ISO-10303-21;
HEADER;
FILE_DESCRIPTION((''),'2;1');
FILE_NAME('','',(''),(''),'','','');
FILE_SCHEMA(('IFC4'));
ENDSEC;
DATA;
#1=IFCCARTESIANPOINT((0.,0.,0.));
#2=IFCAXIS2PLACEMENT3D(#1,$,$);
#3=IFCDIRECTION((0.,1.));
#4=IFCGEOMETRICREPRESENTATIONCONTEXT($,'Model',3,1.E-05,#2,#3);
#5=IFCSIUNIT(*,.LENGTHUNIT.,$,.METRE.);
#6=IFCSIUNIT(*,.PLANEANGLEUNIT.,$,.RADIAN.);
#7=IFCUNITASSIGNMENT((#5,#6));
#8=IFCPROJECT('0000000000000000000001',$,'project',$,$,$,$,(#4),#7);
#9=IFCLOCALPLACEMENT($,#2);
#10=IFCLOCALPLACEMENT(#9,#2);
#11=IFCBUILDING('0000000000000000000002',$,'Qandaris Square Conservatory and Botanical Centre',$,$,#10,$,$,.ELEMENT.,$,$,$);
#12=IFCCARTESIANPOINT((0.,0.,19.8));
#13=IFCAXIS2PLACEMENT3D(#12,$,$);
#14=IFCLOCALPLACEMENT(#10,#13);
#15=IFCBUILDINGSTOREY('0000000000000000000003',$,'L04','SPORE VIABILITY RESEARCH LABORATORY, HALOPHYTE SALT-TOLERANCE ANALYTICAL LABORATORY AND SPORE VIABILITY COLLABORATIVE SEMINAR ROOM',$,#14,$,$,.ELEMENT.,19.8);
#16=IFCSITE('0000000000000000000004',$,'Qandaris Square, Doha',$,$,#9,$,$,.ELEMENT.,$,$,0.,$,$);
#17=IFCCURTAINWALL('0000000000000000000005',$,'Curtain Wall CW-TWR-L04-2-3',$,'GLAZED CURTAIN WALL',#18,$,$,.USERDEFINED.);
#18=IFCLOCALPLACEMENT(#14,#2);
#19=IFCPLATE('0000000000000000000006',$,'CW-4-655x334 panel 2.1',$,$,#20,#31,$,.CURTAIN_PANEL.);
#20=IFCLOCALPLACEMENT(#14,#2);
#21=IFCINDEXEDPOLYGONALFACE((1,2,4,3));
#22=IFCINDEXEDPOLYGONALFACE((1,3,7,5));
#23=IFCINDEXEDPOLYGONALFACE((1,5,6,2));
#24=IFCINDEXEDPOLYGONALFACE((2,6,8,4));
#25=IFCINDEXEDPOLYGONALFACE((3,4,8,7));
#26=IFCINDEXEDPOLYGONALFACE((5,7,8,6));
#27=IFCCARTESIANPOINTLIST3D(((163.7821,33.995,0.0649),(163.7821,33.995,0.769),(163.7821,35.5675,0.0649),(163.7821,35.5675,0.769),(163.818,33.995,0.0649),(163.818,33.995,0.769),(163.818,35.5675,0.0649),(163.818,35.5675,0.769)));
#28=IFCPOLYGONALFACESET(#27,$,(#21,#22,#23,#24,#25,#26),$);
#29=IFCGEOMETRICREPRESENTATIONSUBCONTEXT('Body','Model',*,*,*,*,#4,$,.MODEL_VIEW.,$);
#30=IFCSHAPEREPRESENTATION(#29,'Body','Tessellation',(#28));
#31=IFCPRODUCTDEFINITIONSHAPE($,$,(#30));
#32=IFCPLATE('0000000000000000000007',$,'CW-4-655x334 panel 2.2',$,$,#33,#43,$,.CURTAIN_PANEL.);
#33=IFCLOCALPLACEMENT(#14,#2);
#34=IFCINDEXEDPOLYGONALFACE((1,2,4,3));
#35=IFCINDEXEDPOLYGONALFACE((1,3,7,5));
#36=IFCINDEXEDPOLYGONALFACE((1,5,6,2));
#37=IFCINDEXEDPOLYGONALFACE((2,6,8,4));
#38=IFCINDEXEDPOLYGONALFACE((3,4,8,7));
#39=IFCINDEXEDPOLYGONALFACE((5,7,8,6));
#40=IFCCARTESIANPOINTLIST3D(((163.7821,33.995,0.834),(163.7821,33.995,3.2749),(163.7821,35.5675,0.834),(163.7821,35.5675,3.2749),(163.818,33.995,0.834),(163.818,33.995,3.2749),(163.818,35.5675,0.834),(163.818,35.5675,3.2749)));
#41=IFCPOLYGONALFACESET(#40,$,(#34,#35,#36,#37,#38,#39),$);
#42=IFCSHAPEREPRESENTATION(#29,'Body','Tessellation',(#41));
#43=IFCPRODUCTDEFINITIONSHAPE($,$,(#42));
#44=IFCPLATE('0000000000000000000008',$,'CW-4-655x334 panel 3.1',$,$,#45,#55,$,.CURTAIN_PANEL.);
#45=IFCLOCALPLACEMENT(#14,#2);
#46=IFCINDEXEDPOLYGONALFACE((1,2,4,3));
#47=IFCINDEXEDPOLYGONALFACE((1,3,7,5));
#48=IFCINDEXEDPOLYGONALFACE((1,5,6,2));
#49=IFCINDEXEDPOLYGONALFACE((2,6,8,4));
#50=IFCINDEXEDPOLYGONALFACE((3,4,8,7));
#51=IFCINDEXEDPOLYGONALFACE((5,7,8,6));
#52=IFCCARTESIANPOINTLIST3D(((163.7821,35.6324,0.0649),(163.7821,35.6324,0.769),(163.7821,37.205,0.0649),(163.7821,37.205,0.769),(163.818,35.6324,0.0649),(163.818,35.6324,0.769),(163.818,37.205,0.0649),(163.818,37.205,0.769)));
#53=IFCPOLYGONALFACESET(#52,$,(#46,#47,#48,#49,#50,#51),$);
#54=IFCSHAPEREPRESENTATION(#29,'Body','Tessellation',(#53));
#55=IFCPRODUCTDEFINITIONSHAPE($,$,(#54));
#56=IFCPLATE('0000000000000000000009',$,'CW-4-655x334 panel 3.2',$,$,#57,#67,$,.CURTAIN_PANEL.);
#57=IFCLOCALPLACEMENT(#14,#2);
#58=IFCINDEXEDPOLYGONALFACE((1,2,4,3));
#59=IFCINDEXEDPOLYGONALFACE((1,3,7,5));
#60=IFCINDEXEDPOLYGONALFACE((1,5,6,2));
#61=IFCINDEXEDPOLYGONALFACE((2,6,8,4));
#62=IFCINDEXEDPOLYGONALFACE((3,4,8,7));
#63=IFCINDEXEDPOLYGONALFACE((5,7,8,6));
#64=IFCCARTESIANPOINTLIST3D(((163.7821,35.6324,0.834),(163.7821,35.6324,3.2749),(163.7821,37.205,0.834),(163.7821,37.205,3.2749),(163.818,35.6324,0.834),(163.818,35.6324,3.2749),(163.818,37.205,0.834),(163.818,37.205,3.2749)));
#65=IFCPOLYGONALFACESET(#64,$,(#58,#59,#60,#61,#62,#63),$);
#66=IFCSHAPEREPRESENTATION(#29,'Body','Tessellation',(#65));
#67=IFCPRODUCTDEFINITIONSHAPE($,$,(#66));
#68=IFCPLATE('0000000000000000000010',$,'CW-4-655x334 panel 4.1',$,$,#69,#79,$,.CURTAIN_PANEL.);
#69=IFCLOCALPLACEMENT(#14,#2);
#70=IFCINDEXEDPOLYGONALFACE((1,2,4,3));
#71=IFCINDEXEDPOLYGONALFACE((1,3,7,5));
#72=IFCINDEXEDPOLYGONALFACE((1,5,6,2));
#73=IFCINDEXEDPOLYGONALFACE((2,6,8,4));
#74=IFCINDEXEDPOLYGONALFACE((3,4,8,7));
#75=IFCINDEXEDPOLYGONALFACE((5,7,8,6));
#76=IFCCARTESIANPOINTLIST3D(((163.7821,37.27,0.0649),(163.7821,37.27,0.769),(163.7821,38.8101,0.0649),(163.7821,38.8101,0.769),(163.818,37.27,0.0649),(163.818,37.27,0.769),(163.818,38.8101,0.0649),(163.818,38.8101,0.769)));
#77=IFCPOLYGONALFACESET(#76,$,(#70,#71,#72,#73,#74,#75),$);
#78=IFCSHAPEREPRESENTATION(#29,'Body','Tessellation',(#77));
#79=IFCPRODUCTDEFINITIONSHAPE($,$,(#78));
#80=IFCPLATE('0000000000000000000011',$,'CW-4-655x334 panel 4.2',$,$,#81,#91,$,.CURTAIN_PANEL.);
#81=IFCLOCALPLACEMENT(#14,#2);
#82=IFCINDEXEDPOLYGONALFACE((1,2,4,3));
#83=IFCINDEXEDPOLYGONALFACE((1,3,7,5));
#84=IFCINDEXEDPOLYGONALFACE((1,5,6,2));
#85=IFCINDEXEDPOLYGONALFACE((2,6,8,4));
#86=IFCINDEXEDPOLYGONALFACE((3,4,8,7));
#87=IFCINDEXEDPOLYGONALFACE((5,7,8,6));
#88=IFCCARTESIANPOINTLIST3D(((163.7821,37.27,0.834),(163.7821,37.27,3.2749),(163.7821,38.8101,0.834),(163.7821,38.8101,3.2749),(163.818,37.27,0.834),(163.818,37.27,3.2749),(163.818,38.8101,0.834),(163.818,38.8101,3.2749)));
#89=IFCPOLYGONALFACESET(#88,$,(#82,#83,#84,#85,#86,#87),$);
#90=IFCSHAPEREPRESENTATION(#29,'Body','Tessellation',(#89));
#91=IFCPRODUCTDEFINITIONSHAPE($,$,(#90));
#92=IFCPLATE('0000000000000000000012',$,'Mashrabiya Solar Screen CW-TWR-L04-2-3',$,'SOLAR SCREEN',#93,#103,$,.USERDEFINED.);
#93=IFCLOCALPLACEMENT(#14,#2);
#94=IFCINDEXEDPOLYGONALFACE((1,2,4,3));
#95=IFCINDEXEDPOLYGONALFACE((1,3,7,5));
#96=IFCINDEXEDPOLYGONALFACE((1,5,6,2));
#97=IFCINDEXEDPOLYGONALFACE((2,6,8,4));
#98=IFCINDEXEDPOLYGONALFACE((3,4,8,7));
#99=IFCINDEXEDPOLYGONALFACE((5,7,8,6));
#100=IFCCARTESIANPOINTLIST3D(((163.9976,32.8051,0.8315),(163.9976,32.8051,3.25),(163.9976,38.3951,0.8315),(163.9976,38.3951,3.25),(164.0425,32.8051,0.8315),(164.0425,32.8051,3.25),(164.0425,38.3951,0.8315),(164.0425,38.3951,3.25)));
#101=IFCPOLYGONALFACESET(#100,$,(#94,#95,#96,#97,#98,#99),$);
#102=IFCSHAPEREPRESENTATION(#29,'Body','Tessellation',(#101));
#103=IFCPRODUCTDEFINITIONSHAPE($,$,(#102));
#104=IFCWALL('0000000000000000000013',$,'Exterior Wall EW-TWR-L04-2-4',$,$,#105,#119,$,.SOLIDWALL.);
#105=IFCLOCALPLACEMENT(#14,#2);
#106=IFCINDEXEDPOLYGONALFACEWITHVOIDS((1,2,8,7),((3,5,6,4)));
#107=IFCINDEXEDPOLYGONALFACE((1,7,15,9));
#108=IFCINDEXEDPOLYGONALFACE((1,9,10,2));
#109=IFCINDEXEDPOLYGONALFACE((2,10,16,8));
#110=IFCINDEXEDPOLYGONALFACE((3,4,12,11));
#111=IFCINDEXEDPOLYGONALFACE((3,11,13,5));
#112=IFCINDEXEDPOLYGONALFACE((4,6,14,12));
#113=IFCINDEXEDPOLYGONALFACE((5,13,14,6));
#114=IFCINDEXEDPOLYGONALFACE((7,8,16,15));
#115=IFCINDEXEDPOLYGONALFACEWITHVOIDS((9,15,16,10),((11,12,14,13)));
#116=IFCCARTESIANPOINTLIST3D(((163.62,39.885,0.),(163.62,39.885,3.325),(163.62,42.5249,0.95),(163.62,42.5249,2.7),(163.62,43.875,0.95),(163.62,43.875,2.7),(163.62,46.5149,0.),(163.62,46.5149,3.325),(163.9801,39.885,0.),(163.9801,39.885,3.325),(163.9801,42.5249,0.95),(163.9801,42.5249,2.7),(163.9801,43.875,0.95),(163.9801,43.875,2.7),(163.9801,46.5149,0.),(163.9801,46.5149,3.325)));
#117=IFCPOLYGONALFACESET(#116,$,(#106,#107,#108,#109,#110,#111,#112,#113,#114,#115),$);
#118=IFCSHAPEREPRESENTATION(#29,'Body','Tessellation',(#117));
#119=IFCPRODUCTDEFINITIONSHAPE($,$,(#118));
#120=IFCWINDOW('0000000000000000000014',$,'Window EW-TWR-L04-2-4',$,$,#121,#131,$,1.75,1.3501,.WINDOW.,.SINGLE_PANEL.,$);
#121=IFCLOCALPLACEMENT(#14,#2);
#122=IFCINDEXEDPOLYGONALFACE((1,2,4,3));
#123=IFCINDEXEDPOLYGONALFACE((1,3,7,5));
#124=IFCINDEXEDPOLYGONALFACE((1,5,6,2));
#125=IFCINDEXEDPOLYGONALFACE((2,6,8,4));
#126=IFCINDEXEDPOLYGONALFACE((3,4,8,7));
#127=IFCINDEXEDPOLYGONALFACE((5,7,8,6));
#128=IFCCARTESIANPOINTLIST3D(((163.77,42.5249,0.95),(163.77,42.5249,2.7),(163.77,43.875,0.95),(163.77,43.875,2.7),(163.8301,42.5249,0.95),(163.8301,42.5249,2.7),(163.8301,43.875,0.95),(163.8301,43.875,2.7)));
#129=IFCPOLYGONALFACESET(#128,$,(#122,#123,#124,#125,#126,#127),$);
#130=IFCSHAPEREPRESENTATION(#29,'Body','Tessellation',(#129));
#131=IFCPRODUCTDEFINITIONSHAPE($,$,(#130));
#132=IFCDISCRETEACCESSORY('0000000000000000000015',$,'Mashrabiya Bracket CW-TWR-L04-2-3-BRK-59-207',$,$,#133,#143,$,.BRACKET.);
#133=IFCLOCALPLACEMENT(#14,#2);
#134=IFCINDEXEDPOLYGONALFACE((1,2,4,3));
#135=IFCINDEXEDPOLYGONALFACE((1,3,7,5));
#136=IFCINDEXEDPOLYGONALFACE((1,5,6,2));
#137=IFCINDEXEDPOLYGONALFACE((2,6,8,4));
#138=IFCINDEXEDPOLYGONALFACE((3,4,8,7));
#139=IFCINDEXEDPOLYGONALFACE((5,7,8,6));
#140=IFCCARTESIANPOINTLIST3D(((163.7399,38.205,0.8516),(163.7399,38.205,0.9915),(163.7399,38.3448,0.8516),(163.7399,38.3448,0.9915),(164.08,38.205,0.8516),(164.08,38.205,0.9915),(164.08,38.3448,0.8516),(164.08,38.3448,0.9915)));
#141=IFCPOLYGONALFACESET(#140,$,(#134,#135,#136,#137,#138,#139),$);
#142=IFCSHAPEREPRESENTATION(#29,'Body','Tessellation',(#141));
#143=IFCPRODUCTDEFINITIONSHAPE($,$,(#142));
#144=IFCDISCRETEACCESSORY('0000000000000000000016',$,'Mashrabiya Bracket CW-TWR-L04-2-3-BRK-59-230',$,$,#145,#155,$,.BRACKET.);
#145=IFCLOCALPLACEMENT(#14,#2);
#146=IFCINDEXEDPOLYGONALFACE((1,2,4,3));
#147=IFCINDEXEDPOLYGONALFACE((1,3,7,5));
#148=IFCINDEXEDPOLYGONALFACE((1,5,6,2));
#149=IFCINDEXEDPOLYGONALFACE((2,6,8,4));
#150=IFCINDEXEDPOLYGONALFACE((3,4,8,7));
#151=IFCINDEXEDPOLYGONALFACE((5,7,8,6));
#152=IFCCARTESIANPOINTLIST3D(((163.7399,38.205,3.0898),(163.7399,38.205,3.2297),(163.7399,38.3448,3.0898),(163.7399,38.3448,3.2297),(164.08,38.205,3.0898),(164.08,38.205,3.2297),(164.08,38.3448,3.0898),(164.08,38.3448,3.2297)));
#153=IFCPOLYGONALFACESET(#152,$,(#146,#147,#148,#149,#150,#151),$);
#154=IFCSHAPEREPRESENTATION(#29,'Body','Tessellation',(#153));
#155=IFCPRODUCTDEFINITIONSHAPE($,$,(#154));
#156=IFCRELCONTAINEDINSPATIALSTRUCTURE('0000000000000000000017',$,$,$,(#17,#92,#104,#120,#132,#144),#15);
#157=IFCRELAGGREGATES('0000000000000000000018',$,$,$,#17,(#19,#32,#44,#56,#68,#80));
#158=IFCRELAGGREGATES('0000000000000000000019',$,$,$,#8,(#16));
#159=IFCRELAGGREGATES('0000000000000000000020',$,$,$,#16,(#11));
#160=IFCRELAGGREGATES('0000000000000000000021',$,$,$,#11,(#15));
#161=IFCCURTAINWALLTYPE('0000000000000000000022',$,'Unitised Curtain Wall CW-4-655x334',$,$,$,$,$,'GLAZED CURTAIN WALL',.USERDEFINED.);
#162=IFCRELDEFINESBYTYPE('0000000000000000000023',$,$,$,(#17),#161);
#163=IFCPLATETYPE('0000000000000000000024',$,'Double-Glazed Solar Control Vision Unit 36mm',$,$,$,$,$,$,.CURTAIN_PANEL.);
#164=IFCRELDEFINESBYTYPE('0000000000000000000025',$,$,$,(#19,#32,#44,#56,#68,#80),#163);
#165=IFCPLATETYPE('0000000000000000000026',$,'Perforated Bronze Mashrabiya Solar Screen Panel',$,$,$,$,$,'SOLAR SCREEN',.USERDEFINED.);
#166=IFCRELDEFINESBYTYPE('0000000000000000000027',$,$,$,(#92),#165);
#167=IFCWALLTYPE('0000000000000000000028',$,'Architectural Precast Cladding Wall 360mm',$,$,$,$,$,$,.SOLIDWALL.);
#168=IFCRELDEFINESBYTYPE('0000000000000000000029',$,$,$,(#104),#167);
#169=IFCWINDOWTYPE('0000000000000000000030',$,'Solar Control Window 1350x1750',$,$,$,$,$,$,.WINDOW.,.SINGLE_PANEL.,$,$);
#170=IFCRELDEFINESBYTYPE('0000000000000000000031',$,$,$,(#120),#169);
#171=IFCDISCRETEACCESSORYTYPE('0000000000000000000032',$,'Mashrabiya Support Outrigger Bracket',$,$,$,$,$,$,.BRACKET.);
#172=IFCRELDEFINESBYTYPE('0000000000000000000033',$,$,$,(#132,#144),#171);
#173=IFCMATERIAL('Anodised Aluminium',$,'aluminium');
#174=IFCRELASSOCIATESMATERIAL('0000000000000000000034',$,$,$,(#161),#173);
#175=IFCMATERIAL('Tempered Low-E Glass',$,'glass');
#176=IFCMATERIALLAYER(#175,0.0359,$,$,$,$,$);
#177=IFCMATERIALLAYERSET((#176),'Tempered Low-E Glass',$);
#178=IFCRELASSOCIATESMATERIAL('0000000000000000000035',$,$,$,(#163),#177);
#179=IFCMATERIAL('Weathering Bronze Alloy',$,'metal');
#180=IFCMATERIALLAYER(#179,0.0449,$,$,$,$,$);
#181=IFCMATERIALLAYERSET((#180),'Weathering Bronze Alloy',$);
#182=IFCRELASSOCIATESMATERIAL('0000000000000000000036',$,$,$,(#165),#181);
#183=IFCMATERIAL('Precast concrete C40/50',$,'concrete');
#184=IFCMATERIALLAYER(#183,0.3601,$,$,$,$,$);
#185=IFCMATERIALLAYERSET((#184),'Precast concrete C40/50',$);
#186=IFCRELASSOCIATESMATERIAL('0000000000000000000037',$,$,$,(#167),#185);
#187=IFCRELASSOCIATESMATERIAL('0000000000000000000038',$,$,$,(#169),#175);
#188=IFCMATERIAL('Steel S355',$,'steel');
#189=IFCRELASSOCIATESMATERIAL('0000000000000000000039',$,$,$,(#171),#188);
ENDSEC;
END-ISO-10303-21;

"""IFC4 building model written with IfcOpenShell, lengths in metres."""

from ifc_helpers import new_model, si_unit, direction, frame, frame_2d, origin, origin_2d, place, context, subcontext, project, spatial, rectangle, extrude, material, layer, layer_set, type_object, element, fill, aggregate, save


model = new_model("IFC4")

# Units and contexts
model_context = context("Model", 3, precision=1e-05, world=origin(), true_north=direction((0.0, 1.0)))
body_context = subcontext(model_context, "Body", "Model", "MODEL_VIEW")
ifc_project = project(units=[si_unit("LENGTHUNIT", "METRE"), si_unit("PLANEANGLEUNIT", "RADIAN")], contexts=[model_context])

# Site, building, storey
site_placement = place(None, origin())
site = spatial("IfcSite", under=ifc_project, at=site_placement, Name="Qandaris Square, Doha", CompositionType="ELEMENT", RefElevation=0.0)
building_placement = place(site_placement, origin())
building = spatial("IfcBuilding", under=site, at=building_placement, Name="Qandaris Square Conservatory and Botanical Centre", CompositionType="ELEMENT")
storey_placement = place(building_placement, frame((0.0, 0.0, 19.8)))
storey = spatial("IfcBuildingStorey", under=building, at=storey_placement, Name="L04", Description="SPORE VIABILITY RESEARCH LABORATORY, HALOPHYTE SALT-TOLERANCE ANALYTICAL LABORATORY AND SPORE VIABILITY COLLABORATIVE SEMINAR ROOM", CompositionType="ELEMENT", Elevation=19.8)

# Curtain wall
ifc_material_1 = material(Name="Anodised Aluminium", Category="aluminium")
curtain_wall_type = type_object("IfcCurtainWallType", Name="Unitised Curtain Wall CW-4-655x334", ElementType="GLAZED CURTAIN WALL", PredefinedType="USERDEFINED", material=ifc_material_1)
curtain_wall_placement = place(storey_placement, origin())
curtain_wall = element("IfcCurtainWall", 1, at=curtain_wall_placement, inside=storey, type_object=curtain_wall_type, Name="Curtain Wall CW-TWR-L04-2-3", ObjectType="GLAZED CURTAIN WALL", PredefinedType="USERDEFINED")

# Plates
ifc_material_2 = material(Name="Tempered Low-E Glass", Category="glass")
ifc_layer_1 = layer(ifc_material_2, 0.0359)
ifc_layer_set_1 = layer_set([ifc_layer_1], Name="Tempered Low-E Glass")
plate_type_1 = type_object("IfcPlateType", Name="Double-Glazed Solar Control Vision Unit 36mm", PredefinedType="CURTAIN_PANEL", material=ifc_layer_set_1)
plate_1_placement = place(storey_placement, frame((163.8, 34.7812, 0.0649), z_axis=(0.0, 0.0, 1.0), x_axis=(0.0, 1.0, 0.0)))
plate_1 = element("IfcPlate", 2, at=plate_1_placement, type_object=plate_type_1, Name="CW-4-655x334 panel 2.1", PredefinedType="CURTAIN_PANEL", context=body_context, shape_type="SweptSolid", body=[
    extrude(rectangle(XDim=1.5725, YDim=0.0359, at=origin_2d()), origin(), (0.0, 0.0, 1.0), 0.7041),
])
plate_2_placement = place(storey_placement, frame((163.8, 34.7812, 0.834), z_axis=(0.0, 0.0, 1.0), x_axis=(0.0, 1.0, 0.0)))
plate_2 = element("IfcPlate", 3, at=plate_2_placement, type_object=plate_type_1, Name="CW-4-655x334 panel 2.2", PredefinedType="CURTAIN_PANEL", context=body_context, shape_type="SweptSolid", body=[
    extrude(rectangle(XDim=1.5725, YDim=0.0359, at=origin_2d()), origin(), (0.0, 0.0, 1.0), 2.4409),
])
plate_3_placement = place(storey_placement, frame((163.8, 36.4187, 0.0649), z_axis=(0.0, 0.0, 1.0), x_axis=(0.0, 1.0, 0.0)))
plate_3 = element("IfcPlate", 4, at=plate_3_placement, type_object=plate_type_1, Name="CW-4-655x334 panel 3.1", PredefinedType="CURTAIN_PANEL", context=body_context, shape_type="SweptSolid", body=[
    extrude(rectangle(XDim=1.5725, YDim=0.0359, at=origin_2d()), origin(), (0.0, 0.0, 1.0), 0.7041),
])
plate_4_placement = place(storey_placement, frame((163.8, 36.4187, 0.834), z_axis=(0.0, 0.0, 1.0), x_axis=(0.0, 1.0, 0.0)))
plate_4 = element("IfcPlate", 5, at=plate_4_placement, type_object=plate_type_1, Name="CW-4-655x334 panel 3.2", PredefinedType="CURTAIN_PANEL", context=body_context, shape_type="SweptSolid", body=[
    extrude(rectangle(XDim=1.5725, YDim=0.0359, at=origin_2d()), origin(), (0.0, 0.0, 1.0), 2.4409),
])
plate_5_placement = place(storey_placement, frame((163.8, 38.04, 0.0649), z_axis=(0.0, 0.0, 1.0), x_axis=(0.0, 1.0, 0.0)))
plate_5 = element("IfcPlate", 6, at=plate_5_placement, type_object=plate_type_1, Name="CW-4-655x334 panel 4.1", PredefinedType="CURTAIN_PANEL", context=body_context, shape_type="SweptSolid", body=[
    extrude(rectangle(XDim=1.54, YDim=0.0359, at=origin_2d()), origin(), (0.0, 0.0, 1.0), 0.7041),
])
plate_6_placement = place(storey_placement, frame((163.8, 38.04, 0.834), z_axis=(0.0, 0.0, 1.0), x_axis=(0.0, 1.0, 0.0)))
plate_6 = element("IfcPlate", 7, at=plate_6_placement, type_object=plate_type_1, Name="CW-4-655x334 panel 4.2", PredefinedType="CURTAIN_PANEL", context=body_context, shape_type="SweptSolid", body=[
    extrude(rectangle(XDim=1.54, YDim=0.0359, at=origin_2d()), origin(), (0.0, 0.0, 1.0), 2.4409),
])
aggregate(curtain_wall, [plate_1, plate_2, plate_3, plate_4, plate_5, plate_6])
ifc_material_3 = material(Name="Weathering Bronze Alloy", Category="metal")
ifc_layer_2 = layer(ifc_material_3, 0.0449)
ifc_layer_set_2 = layer_set([ifc_layer_2], Name="Weathering Bronze Alloy")
plate_type_2 = type_object("IfcPlateType", Name="Perforated Bronze Mashrabiya Solar Screen Panel", ElementType="SOLAR SCREEN", PredefinedType="USERDEFINED", material=ifc_layer_set_2)
plate_7_placement = place(storey_placement, frame((164.02, 35.6001, 0.8315), z_axis=(0.0, 0.0, 1.0), x_axis=(0.0, 1.0, 0.0)))
element("IfcPlate", 8, at=plate_7_placement, inside=storey, type_object=plate_type_2, Name="Mashrabiya Solar Screen CW-TWR-L04-2-3", ObjectType="SOLAR SCREEN", PredefinedType="USERDEFINED", context=body_context, shape_type="SweptSolid", body=[
    extrude(rectangle(XDim=5.5901, YDim=0.0449, at=origin_2d()), origin(), (0.0, 0.0, 1.0), 2.4185),
])

# Wall, opening, window
ifc_material_4 = material(Name="Precast concrete C40/50", Category="concrete")
ifc_layer_3 = layer(ifc_material_4, 0.3601)
ifc_layer_set_3 = layer_set([ifc_layer_3], Name="Precast concrete C40/50")
wall_type = type_object("IfcWallType", Name="Architectural Precast Cladding Wall 360mm", PredefinedType="SOLIDWALL", material=ifc_layer_set_3)
wall_placement = place(storey_placement, frame((163.8, 39.885, 0.0), z_axis=(0.0, 0.0, 1.0), x_axis=(0.0, 1.0, 0.0)))
wall = element("IfcWall", 9, at=wall_placement, inside=storey, type_object=wall_type, Name="Exterior Wall EW-TWR-L04-2-4", PredefinedType="SOLIDWALL", context=body_context, shape_type="SweptSolid", body=[
    extrude(rectangle(XDim=6.6299, YDim=0.3601, at=frame_2d((3.3149, 0.0))), origin(), (0.0, 0.0, 1.0), 3.325),
])
opening_placement = place(wall_placement, frame((2.6399, 0.0, 0.95)))
opening = element("IfcOpeningElement", 10, at=opening_placement, cuts=wall, PredefinedType="OPENING", context=body_context, shape_type="SweptSolid", body=[
    extrude(rectangle(XDim=1.3501, YDim=1.75, at=frame_2d((0.675, 0.875))), frame((0.0, 0.1919, 0.0), z_axis=(0.0, -1.0, 0.0), x_axis=(1.0, 0.0, 0.0)), (0.0, 0.0, 1.0), 0.384),
])
window_type = type_object("IfcWindowType", Name="Solar Control Window 1350x1750", PartitioningType="SINGLE_PANEL", PredefinedType="WINDOW", material=ifc_material_2)
window_placement = place(opening_placement, origin())
window = element("IfcWindow", 11, at=window_placement, inside=storey, type_object=window_type, Name="Window EW-TWR-L04-2-4", OverallHeight=1.75, OverallWidth=1.3501, PartitioningType="SINGLE_PANEL", PredefinedType="WINDOW", context=body_context, shape_type="SweptSolid", body=[
    extrude(rectangle(XDim=1.3501, YDim=1.75, at=frame_2d((0.675, 0.875))), frame((0.0, 0.03, 0.0), z_axis=(0.0, -1.0, 0.0), x_axis=(1.0, 0.0, 0.0)), (0.0, 0.0, 1.0), 0.0601),
])
fill(opening, window)

# Discrete accessories
ifc_material_5 = material(Name="Steel S355", Category="steel")
discrete_accessory_type = type_object("IfcDiscreteAccessoryType", Name="Mashrabiya Support Outrigger Bracket", PredefinedType="BRACKET", material=ifc_material_5)
for number, where, z_axis, x_axis, name in (
    (12, (163.9099, 38.2749, 0.8516), (0.0, 0.0, 1.0), (0.0, 1.0, 0.0), "Mashrabiya Bracket CW-TWR-L04-2-3-BRK-59-207"),
    (13, (163.9099, 38.2749, 3.0898), (0.0, 0.0, 1.0), (0.0, 1.0, 0.0), "Mashrabiya Bracket CW-TWR-L04-2-3-BRK-59-230"),
):
    element("IfcDiscreteAccessory", number, at=place(storey_placement, frame(where, z_axis=z_axis, x_axis=x_axis)), inside=storey, type_object=discrete_accessory_type, Name=name, PredefinedType="BRACKET", context=body_context, shape_type="SweptSolid", body=[
        extrude(rectangle(XDim=0.1399, YDim=0.3401, at=origin_2d()), origin(), (0.0, 0.0, 1.0), 0.1399),
    ])

save(model, "model.ifc")
